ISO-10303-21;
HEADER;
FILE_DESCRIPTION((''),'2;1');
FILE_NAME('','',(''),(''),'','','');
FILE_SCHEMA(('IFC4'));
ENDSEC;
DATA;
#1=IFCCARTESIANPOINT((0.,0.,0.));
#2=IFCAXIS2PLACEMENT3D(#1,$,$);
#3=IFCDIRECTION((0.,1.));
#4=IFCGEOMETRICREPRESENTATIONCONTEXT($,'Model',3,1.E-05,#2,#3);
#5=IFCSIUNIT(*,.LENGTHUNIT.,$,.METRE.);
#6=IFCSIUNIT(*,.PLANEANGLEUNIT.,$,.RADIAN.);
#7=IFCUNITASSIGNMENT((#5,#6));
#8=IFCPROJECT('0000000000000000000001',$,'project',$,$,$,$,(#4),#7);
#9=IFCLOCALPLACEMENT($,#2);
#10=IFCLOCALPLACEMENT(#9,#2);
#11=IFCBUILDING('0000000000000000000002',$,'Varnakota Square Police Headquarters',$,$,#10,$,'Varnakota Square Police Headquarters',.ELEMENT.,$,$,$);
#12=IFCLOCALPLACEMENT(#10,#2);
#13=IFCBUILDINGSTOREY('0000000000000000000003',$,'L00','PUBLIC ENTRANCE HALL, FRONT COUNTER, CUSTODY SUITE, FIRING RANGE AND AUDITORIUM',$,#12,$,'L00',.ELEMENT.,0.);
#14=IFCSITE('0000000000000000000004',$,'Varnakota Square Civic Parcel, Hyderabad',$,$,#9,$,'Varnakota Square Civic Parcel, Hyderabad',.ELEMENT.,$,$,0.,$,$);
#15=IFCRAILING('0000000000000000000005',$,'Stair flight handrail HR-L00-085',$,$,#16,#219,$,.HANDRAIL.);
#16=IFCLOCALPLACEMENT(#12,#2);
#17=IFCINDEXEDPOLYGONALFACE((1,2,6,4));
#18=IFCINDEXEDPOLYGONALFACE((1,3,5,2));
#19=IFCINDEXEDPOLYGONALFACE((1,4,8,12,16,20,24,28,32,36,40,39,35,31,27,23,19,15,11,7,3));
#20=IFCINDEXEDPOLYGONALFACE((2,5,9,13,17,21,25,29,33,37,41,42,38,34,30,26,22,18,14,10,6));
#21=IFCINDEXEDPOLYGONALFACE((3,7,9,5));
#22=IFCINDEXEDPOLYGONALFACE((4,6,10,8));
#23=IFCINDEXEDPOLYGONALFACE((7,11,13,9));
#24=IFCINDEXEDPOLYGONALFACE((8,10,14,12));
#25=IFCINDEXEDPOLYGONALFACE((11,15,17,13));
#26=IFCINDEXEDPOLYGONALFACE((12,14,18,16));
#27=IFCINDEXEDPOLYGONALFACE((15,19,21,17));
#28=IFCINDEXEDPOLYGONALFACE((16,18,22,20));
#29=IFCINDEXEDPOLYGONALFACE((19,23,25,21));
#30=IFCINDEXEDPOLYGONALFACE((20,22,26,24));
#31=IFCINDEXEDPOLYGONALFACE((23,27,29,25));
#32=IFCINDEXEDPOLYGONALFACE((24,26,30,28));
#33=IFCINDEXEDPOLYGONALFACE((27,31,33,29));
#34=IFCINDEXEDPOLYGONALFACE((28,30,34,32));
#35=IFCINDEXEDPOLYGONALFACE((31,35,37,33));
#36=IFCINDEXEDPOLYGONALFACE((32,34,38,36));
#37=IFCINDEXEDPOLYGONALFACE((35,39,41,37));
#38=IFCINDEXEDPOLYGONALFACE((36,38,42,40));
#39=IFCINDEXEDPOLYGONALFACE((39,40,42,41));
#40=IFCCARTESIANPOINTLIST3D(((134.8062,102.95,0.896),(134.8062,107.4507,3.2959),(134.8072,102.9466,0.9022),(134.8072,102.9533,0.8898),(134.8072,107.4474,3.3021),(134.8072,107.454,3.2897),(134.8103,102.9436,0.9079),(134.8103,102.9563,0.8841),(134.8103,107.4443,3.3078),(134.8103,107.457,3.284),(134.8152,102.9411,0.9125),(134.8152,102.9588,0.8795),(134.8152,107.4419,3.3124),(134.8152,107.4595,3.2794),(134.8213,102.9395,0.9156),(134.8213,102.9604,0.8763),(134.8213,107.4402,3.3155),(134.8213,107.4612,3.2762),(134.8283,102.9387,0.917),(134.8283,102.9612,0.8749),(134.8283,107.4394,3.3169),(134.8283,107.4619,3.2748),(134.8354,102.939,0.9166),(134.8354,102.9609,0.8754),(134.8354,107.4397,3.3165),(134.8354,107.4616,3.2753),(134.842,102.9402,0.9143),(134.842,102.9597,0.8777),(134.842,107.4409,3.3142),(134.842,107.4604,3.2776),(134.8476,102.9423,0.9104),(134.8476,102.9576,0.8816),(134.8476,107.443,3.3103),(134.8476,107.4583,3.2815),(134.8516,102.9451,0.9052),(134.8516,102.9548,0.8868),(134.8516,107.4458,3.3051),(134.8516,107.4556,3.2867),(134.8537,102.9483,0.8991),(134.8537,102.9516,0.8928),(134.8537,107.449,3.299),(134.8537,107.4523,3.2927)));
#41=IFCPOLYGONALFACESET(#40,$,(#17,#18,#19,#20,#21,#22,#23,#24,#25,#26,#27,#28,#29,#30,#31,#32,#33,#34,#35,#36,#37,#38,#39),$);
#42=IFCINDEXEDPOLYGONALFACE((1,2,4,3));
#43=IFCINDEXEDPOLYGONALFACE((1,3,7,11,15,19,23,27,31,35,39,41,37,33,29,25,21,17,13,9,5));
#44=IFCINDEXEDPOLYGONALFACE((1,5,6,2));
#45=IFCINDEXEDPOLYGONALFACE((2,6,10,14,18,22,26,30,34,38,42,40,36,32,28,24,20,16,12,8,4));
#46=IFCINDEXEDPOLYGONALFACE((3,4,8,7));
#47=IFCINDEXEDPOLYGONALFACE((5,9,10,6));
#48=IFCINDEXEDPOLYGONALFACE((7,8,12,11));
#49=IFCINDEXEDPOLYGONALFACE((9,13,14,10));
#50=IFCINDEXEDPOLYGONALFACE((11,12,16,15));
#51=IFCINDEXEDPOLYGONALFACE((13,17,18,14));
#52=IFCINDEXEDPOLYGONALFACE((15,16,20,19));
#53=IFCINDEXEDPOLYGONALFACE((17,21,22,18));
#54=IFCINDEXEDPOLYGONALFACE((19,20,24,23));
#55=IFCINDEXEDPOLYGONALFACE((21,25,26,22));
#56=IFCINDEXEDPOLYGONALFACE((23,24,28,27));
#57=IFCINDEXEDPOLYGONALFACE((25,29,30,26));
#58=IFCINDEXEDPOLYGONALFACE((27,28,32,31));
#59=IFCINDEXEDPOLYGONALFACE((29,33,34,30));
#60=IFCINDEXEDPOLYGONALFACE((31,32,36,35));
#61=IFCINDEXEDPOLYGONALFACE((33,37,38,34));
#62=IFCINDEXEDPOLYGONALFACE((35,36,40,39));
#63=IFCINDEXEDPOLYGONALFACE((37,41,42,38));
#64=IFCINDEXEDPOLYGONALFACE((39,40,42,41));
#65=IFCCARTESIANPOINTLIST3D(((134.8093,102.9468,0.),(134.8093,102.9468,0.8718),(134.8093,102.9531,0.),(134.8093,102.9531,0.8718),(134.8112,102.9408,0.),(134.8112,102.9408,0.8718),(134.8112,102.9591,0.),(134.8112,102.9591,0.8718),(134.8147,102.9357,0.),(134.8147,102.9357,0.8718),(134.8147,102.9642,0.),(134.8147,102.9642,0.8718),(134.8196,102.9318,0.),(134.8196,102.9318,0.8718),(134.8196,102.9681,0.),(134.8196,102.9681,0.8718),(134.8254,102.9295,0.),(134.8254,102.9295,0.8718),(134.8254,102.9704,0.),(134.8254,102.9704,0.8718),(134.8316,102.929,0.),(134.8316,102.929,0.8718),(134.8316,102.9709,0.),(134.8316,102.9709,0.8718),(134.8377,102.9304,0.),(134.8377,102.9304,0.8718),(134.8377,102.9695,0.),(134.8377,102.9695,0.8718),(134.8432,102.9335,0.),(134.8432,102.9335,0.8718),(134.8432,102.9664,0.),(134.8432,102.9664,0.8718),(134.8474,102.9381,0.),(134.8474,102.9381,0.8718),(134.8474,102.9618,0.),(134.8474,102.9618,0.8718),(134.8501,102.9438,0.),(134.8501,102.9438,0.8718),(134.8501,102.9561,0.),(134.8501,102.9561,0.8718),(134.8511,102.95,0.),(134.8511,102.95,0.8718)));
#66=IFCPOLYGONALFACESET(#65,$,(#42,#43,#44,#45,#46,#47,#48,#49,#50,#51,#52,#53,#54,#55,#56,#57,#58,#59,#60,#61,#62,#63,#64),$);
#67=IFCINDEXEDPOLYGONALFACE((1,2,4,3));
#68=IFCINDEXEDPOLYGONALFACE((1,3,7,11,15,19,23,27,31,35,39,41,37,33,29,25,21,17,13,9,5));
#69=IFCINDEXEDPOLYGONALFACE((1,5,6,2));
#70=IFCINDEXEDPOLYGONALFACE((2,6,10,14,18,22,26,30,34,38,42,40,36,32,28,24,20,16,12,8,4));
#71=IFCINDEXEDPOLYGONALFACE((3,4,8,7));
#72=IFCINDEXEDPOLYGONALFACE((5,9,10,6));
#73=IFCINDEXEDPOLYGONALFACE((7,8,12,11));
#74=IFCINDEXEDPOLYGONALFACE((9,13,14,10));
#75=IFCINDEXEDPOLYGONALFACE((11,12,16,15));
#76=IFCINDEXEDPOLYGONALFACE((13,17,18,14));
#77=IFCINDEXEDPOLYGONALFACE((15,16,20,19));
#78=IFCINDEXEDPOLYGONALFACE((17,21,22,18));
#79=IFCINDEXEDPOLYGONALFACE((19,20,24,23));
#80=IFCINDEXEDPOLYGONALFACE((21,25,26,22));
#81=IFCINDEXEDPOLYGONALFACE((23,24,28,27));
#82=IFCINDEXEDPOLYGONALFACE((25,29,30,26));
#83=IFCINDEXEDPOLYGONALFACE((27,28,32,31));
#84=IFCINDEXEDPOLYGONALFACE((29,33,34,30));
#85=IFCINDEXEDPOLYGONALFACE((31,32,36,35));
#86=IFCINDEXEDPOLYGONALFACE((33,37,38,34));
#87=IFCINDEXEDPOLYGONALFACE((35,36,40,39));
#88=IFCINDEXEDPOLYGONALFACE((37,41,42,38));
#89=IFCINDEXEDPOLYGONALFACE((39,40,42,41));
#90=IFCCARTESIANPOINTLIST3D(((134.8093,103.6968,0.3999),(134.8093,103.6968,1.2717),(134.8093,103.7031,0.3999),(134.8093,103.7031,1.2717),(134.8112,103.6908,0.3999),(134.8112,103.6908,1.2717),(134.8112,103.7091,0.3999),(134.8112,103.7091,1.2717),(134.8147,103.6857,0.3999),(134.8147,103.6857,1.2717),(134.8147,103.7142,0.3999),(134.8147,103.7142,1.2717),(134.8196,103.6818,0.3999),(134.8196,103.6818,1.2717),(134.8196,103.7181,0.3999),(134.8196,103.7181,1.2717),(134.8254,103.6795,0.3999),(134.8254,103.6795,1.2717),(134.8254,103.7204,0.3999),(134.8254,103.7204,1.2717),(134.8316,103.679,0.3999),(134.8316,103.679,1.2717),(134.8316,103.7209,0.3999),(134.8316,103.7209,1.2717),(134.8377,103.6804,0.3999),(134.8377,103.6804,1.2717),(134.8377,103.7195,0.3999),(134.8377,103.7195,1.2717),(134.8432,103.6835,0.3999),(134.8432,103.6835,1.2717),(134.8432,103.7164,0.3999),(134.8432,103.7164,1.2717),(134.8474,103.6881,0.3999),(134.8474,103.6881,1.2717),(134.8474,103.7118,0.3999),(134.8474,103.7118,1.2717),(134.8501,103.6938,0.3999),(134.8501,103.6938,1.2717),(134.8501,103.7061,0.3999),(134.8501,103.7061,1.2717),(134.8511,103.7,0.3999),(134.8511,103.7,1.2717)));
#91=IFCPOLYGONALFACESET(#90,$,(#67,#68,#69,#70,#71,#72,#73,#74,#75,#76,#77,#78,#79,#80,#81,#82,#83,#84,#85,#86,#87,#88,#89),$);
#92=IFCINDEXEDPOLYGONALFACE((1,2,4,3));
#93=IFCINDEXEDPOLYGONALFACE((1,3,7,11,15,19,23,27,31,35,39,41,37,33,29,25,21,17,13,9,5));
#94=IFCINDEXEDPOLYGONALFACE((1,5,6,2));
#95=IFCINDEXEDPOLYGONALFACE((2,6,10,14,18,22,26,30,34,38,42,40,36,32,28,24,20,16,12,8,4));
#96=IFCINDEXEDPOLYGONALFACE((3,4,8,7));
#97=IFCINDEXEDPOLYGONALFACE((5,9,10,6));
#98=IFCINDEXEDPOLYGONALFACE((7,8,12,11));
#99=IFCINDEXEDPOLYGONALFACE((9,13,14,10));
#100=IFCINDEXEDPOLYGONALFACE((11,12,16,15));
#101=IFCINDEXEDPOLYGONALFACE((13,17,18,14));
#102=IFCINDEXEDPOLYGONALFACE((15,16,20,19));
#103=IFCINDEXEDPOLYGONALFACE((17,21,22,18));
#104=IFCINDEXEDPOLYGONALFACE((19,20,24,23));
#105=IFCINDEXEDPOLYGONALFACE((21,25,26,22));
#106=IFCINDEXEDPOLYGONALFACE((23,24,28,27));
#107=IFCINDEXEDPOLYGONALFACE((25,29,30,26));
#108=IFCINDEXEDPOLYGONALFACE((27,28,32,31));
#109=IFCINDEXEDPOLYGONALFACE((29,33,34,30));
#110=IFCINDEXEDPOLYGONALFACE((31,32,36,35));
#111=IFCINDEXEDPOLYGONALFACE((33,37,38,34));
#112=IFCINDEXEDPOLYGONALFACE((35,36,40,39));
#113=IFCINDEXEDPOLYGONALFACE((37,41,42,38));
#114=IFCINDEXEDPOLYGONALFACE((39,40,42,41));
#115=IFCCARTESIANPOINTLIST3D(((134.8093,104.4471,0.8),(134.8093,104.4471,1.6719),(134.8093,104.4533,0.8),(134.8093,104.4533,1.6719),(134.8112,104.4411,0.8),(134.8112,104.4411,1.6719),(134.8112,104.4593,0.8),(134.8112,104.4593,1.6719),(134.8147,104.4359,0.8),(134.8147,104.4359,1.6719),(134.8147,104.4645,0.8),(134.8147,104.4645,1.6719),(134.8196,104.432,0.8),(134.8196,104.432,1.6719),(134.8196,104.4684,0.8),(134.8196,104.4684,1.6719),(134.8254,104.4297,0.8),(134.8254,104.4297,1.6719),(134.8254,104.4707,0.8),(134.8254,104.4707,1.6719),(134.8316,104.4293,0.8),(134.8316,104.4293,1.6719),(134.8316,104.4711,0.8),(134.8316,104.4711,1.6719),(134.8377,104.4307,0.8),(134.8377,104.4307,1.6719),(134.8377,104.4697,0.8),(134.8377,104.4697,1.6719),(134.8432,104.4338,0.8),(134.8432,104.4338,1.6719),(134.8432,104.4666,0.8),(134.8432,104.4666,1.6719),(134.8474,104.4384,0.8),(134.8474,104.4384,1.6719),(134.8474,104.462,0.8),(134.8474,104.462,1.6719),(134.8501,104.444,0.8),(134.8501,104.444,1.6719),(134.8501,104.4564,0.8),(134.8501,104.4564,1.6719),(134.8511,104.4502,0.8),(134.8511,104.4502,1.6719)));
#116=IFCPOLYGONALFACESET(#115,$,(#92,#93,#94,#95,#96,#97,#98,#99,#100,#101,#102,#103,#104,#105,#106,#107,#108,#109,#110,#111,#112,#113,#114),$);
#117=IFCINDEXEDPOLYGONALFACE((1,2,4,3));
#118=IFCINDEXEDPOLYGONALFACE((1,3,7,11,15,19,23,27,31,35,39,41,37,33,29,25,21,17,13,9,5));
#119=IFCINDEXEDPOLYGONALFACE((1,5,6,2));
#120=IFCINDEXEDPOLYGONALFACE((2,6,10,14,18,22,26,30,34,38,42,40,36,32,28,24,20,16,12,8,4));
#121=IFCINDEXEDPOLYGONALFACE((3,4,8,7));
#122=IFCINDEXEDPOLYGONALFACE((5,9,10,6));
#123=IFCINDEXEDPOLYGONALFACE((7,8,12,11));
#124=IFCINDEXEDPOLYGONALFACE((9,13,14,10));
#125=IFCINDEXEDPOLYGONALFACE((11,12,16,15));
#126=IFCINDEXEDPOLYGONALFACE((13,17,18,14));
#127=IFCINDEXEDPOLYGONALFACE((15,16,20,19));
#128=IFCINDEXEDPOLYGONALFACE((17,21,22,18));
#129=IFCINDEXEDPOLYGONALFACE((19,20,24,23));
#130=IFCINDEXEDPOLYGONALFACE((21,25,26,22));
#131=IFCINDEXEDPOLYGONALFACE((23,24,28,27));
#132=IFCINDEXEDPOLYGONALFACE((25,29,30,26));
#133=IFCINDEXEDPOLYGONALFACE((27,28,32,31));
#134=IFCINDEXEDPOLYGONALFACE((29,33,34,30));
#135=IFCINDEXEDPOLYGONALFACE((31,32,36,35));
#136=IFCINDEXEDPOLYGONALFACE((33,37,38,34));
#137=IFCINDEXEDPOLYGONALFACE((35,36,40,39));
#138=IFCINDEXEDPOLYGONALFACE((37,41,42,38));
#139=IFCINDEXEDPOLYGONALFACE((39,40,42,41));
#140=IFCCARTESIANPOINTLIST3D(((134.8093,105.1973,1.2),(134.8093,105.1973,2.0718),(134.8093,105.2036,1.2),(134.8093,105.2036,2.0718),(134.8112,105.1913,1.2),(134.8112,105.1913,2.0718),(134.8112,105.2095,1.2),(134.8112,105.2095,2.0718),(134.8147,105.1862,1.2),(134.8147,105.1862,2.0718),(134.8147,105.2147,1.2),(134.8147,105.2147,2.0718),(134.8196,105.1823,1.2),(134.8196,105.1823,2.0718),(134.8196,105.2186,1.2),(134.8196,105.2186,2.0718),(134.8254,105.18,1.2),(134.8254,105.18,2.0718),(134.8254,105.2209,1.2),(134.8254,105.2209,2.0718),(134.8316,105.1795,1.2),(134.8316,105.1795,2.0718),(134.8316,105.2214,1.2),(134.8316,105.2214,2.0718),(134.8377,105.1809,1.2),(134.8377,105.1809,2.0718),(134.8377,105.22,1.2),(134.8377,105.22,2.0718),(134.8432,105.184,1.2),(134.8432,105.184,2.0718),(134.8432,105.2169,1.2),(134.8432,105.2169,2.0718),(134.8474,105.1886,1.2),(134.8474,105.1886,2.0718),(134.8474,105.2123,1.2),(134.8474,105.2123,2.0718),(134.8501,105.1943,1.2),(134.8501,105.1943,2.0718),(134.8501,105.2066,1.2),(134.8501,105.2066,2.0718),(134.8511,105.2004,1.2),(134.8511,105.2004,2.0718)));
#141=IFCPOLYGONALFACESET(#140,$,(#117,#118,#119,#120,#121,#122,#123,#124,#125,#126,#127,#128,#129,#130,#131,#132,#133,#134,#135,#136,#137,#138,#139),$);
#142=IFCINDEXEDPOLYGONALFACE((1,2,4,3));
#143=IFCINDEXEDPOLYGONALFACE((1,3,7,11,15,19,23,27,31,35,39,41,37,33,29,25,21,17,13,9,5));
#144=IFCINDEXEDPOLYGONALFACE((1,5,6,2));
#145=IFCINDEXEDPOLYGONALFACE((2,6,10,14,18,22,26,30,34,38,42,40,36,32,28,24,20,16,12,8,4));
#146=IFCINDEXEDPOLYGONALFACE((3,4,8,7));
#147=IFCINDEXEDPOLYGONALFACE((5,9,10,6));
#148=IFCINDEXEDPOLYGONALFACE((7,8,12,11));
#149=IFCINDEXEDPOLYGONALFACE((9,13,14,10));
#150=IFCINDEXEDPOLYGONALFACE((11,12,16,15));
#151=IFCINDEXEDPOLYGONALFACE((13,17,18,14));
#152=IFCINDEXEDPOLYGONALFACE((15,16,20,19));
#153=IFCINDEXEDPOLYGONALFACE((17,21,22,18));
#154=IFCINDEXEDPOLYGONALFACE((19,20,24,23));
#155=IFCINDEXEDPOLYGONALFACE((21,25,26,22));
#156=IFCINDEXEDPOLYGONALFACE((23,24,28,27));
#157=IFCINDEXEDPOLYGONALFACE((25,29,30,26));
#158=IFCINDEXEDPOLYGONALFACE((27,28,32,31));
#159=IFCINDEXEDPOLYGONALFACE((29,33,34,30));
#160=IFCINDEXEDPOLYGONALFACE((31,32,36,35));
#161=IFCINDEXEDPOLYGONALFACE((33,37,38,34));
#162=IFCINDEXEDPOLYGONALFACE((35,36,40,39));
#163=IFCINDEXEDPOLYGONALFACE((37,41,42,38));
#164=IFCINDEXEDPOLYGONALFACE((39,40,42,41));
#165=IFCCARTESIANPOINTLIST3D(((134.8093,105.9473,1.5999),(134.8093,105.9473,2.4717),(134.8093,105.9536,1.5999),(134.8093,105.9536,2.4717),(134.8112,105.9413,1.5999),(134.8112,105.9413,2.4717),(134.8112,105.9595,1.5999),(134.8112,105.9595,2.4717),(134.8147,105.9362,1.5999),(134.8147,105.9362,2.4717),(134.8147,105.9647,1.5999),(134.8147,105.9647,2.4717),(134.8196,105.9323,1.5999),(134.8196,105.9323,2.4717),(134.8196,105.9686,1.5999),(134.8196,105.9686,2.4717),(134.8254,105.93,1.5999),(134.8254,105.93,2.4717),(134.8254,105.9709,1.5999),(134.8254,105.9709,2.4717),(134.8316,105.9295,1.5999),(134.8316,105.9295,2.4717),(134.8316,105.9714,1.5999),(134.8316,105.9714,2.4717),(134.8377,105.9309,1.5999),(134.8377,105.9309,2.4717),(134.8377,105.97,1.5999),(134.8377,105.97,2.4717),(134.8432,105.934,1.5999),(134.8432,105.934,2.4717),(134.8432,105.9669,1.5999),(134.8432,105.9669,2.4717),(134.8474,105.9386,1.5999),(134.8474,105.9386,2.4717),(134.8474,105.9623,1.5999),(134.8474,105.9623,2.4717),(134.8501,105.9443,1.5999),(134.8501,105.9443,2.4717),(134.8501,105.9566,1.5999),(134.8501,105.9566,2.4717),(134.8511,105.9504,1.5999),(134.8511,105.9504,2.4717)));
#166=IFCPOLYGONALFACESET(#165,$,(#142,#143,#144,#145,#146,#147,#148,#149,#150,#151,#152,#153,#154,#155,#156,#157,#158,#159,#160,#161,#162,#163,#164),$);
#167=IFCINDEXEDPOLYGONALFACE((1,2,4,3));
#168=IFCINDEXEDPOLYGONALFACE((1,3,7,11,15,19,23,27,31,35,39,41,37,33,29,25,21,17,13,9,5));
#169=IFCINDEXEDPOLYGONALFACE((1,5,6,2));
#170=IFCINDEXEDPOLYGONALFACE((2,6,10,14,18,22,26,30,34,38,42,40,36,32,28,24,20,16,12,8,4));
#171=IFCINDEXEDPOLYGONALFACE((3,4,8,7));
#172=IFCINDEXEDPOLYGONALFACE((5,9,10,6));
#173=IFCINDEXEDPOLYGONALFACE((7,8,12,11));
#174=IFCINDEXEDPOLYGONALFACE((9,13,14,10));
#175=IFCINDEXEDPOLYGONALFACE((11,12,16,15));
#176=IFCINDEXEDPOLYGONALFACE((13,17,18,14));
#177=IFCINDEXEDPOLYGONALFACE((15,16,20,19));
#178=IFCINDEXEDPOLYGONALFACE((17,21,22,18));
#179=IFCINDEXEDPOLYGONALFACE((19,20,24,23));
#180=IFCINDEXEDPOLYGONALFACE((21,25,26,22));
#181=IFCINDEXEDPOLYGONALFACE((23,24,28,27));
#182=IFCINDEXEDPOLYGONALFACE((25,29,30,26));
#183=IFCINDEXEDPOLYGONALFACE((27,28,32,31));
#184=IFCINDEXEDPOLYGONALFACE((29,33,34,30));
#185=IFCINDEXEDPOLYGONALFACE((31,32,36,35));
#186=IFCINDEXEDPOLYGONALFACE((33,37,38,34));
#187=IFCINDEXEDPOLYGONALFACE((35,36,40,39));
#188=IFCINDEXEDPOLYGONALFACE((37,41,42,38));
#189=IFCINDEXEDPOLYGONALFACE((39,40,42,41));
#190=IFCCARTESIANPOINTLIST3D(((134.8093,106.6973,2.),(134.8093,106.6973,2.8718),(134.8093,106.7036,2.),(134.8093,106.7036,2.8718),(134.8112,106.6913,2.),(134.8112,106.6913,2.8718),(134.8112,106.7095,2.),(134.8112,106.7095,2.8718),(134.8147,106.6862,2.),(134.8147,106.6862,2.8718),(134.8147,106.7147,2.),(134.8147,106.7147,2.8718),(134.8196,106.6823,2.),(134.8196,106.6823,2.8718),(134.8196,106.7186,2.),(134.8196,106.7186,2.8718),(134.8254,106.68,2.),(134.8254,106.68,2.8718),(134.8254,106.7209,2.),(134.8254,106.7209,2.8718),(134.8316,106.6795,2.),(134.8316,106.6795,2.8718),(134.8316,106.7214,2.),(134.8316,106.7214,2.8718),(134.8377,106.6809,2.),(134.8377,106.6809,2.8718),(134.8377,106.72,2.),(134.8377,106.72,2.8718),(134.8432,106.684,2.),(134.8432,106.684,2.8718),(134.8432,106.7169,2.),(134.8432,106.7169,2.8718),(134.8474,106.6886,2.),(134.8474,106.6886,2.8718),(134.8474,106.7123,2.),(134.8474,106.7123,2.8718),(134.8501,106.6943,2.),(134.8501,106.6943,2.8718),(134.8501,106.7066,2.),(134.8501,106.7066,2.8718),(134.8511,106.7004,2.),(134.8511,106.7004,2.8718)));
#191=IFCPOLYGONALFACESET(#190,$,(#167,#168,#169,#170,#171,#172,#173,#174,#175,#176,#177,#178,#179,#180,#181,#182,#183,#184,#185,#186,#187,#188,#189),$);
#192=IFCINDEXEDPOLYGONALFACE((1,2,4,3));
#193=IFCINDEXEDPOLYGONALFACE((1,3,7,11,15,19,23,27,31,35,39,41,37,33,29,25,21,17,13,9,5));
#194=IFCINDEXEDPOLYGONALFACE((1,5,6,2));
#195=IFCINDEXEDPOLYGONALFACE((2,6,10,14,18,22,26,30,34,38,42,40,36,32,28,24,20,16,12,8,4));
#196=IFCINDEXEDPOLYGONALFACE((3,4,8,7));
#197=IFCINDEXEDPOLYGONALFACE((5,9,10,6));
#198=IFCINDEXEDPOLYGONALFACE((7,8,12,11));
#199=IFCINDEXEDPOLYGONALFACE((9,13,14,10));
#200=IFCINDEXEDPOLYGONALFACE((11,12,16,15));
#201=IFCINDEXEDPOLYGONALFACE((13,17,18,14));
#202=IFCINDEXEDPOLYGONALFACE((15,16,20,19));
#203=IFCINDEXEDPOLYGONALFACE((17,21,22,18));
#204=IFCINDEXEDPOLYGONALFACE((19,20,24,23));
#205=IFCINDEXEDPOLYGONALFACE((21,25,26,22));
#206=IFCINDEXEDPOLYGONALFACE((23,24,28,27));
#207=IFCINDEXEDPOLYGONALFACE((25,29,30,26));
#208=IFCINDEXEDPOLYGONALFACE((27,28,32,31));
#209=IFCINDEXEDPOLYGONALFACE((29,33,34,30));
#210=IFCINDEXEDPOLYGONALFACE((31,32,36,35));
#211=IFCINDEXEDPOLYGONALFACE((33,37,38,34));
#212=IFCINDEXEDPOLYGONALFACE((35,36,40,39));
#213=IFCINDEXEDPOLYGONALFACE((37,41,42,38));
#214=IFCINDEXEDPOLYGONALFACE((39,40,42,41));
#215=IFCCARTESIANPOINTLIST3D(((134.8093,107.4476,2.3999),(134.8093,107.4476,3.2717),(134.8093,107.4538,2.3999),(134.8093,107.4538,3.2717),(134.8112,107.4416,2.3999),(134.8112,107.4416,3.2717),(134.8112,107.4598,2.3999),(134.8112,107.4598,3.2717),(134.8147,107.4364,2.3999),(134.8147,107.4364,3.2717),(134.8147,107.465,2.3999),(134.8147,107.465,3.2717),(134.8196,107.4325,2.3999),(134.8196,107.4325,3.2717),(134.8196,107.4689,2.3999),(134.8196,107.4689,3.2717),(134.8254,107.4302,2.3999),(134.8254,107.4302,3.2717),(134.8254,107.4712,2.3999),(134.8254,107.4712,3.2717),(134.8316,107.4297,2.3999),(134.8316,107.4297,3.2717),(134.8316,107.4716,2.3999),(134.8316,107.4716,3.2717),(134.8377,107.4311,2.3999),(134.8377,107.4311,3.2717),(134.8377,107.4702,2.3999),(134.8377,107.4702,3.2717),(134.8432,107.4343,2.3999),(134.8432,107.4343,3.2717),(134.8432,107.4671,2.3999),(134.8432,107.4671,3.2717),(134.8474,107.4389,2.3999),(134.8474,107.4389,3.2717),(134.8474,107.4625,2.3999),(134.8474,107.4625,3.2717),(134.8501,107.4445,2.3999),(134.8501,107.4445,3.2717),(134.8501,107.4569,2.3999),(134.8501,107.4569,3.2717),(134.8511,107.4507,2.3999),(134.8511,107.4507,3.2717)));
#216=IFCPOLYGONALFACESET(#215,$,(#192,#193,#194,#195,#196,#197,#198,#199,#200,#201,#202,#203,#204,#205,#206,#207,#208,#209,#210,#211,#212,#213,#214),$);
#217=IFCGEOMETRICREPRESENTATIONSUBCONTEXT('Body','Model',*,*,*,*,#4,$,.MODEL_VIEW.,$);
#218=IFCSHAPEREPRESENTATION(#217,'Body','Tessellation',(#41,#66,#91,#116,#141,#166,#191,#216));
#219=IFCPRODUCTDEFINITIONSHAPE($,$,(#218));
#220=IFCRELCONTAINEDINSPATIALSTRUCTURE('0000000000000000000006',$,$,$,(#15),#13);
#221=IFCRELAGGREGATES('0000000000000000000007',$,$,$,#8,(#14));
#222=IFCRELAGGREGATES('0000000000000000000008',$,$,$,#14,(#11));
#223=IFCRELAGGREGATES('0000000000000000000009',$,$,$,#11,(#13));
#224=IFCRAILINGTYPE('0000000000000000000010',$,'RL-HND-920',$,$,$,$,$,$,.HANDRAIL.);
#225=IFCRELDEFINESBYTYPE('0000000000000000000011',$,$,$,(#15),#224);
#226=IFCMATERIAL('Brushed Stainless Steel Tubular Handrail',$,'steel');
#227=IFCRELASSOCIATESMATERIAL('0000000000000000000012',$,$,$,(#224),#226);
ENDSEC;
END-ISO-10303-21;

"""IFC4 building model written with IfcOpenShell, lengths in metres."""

from ifc_helpers import new_model, si_unit, direction, frame, origin, origin_2d, place, context, subcontext, project, spatial, circle, extrude, material, type_object, element, save


model = new_model("IFC4")

# Units and contexts
model_context = context("Model", 3, precision=1e-05, world=origin(), true_north=direction((0.0, 1.0)))
body_context = subcontext(model_context, "Body", "Model", "MODEL_VIEW")
ifc_project = project(units=[si_unit("LENGTHUNIT", "METRE"), si_unit("PLANEANGLEUNIT", "RADIAN")], contexts=[model_context])

# Site, building, storey
site_placement = place(None, origin())
site = spatial("IfcSite", under=ifc_project, at=site_placement, Name="Varnakota Square Civic Parcel, Hyderabad", LongName="Varnakota Square Civic Parcel, Hyderabad", CompositionType="ELEMENT", RefElevation=0.0)
building_placement = place(site_placement, origin())
building = spatial("IfcBuilding", under=site, at=building_placement, Name="Varnakota Square Police Headquarters", LongName="Varnakota Square Police Headquarters", CompositionType="ELEMENT")
storey_placement = place(building_placement, origin())
storey = spatial("IfcBuildingStorey", under=building, at=storey_placement, Name="L00", Description="PUBLIC ENTRANCE HALL, FRONT COUNTER, CUSTODY SUITE, FIRING RANGE AND AUDITORIUM", LongName="L00", CompositionType="ELEMENT", Elevation=0.0)

# Railing
ifc_material_1 = material(Name="Brushed Stainless Steel Tubular Handrail", Category="steel")
railing_type_1 = type_object("IfcRailingType", Name="RL-HND-920", PredefinedType="HANDRAIL", material=ifc_material_1)
railing_1_placement = place(storey_placement, frame((134.8301, 102.95, 0.0)))
element("IfcRailing", 1, at=railing_1_placement, inside=storey, type_object=railing_type_1, Name="Stair flight handrail HR-L00-085", PredefinedType="HANDRAIL", context=body_context, shape_type="SweptSolid", body=[
    extrude(circle(Radius=0.0239, at=origin_2d()), frame((0.0, 0.0, 0.896), z_axis=(0.0, 0.882393, 0.470514), x_axis=(-1.0, 0.0, 0.0)), (0.0, 0.0, 1.0), 5.1006),
    extrude(circle(Radius=0.021, at=origin_2d()), origin(), (0.0, 0.0, 1.0), 0.8718),
    extrude(circle(Radius=0.021, at=origin_2d()), frame((0.0, 0.75, 0.3999)), (0.0, 0.0, 1.0), 0.8718),
    extrude(circle(Radius=0.021, at=origin_2d()), frame((0.0, 1.5002, 0.8)), (0.0, 0.0, 1.0), 0.8718),
    extrude(circle(Radius=0.021, at=origin_2d()), frame((0.0, 2.2505, 1.2)), (0.0, 0.0, 1.0), 0.8718),
    extrude(circle(Radius=0.021, at=origin_2d()), frame((0.0, 3.0005, 1.5999)), (0.0, 0.0, 1.0), 0.8718),
    extrude(circle(Radius=0.021, at=origin_2d()), frame((0.0, 3.7505, 2.0)), (0.0, 0.0, 1.0), 0.8718),
    extrude(circle(Radius=0.021, at=origin_2d()), frame((0.0, 4.5007, 2.3999)), (0.0, 0.0, 1.0), 0.8718),
])

save(model, "model.ifc")
